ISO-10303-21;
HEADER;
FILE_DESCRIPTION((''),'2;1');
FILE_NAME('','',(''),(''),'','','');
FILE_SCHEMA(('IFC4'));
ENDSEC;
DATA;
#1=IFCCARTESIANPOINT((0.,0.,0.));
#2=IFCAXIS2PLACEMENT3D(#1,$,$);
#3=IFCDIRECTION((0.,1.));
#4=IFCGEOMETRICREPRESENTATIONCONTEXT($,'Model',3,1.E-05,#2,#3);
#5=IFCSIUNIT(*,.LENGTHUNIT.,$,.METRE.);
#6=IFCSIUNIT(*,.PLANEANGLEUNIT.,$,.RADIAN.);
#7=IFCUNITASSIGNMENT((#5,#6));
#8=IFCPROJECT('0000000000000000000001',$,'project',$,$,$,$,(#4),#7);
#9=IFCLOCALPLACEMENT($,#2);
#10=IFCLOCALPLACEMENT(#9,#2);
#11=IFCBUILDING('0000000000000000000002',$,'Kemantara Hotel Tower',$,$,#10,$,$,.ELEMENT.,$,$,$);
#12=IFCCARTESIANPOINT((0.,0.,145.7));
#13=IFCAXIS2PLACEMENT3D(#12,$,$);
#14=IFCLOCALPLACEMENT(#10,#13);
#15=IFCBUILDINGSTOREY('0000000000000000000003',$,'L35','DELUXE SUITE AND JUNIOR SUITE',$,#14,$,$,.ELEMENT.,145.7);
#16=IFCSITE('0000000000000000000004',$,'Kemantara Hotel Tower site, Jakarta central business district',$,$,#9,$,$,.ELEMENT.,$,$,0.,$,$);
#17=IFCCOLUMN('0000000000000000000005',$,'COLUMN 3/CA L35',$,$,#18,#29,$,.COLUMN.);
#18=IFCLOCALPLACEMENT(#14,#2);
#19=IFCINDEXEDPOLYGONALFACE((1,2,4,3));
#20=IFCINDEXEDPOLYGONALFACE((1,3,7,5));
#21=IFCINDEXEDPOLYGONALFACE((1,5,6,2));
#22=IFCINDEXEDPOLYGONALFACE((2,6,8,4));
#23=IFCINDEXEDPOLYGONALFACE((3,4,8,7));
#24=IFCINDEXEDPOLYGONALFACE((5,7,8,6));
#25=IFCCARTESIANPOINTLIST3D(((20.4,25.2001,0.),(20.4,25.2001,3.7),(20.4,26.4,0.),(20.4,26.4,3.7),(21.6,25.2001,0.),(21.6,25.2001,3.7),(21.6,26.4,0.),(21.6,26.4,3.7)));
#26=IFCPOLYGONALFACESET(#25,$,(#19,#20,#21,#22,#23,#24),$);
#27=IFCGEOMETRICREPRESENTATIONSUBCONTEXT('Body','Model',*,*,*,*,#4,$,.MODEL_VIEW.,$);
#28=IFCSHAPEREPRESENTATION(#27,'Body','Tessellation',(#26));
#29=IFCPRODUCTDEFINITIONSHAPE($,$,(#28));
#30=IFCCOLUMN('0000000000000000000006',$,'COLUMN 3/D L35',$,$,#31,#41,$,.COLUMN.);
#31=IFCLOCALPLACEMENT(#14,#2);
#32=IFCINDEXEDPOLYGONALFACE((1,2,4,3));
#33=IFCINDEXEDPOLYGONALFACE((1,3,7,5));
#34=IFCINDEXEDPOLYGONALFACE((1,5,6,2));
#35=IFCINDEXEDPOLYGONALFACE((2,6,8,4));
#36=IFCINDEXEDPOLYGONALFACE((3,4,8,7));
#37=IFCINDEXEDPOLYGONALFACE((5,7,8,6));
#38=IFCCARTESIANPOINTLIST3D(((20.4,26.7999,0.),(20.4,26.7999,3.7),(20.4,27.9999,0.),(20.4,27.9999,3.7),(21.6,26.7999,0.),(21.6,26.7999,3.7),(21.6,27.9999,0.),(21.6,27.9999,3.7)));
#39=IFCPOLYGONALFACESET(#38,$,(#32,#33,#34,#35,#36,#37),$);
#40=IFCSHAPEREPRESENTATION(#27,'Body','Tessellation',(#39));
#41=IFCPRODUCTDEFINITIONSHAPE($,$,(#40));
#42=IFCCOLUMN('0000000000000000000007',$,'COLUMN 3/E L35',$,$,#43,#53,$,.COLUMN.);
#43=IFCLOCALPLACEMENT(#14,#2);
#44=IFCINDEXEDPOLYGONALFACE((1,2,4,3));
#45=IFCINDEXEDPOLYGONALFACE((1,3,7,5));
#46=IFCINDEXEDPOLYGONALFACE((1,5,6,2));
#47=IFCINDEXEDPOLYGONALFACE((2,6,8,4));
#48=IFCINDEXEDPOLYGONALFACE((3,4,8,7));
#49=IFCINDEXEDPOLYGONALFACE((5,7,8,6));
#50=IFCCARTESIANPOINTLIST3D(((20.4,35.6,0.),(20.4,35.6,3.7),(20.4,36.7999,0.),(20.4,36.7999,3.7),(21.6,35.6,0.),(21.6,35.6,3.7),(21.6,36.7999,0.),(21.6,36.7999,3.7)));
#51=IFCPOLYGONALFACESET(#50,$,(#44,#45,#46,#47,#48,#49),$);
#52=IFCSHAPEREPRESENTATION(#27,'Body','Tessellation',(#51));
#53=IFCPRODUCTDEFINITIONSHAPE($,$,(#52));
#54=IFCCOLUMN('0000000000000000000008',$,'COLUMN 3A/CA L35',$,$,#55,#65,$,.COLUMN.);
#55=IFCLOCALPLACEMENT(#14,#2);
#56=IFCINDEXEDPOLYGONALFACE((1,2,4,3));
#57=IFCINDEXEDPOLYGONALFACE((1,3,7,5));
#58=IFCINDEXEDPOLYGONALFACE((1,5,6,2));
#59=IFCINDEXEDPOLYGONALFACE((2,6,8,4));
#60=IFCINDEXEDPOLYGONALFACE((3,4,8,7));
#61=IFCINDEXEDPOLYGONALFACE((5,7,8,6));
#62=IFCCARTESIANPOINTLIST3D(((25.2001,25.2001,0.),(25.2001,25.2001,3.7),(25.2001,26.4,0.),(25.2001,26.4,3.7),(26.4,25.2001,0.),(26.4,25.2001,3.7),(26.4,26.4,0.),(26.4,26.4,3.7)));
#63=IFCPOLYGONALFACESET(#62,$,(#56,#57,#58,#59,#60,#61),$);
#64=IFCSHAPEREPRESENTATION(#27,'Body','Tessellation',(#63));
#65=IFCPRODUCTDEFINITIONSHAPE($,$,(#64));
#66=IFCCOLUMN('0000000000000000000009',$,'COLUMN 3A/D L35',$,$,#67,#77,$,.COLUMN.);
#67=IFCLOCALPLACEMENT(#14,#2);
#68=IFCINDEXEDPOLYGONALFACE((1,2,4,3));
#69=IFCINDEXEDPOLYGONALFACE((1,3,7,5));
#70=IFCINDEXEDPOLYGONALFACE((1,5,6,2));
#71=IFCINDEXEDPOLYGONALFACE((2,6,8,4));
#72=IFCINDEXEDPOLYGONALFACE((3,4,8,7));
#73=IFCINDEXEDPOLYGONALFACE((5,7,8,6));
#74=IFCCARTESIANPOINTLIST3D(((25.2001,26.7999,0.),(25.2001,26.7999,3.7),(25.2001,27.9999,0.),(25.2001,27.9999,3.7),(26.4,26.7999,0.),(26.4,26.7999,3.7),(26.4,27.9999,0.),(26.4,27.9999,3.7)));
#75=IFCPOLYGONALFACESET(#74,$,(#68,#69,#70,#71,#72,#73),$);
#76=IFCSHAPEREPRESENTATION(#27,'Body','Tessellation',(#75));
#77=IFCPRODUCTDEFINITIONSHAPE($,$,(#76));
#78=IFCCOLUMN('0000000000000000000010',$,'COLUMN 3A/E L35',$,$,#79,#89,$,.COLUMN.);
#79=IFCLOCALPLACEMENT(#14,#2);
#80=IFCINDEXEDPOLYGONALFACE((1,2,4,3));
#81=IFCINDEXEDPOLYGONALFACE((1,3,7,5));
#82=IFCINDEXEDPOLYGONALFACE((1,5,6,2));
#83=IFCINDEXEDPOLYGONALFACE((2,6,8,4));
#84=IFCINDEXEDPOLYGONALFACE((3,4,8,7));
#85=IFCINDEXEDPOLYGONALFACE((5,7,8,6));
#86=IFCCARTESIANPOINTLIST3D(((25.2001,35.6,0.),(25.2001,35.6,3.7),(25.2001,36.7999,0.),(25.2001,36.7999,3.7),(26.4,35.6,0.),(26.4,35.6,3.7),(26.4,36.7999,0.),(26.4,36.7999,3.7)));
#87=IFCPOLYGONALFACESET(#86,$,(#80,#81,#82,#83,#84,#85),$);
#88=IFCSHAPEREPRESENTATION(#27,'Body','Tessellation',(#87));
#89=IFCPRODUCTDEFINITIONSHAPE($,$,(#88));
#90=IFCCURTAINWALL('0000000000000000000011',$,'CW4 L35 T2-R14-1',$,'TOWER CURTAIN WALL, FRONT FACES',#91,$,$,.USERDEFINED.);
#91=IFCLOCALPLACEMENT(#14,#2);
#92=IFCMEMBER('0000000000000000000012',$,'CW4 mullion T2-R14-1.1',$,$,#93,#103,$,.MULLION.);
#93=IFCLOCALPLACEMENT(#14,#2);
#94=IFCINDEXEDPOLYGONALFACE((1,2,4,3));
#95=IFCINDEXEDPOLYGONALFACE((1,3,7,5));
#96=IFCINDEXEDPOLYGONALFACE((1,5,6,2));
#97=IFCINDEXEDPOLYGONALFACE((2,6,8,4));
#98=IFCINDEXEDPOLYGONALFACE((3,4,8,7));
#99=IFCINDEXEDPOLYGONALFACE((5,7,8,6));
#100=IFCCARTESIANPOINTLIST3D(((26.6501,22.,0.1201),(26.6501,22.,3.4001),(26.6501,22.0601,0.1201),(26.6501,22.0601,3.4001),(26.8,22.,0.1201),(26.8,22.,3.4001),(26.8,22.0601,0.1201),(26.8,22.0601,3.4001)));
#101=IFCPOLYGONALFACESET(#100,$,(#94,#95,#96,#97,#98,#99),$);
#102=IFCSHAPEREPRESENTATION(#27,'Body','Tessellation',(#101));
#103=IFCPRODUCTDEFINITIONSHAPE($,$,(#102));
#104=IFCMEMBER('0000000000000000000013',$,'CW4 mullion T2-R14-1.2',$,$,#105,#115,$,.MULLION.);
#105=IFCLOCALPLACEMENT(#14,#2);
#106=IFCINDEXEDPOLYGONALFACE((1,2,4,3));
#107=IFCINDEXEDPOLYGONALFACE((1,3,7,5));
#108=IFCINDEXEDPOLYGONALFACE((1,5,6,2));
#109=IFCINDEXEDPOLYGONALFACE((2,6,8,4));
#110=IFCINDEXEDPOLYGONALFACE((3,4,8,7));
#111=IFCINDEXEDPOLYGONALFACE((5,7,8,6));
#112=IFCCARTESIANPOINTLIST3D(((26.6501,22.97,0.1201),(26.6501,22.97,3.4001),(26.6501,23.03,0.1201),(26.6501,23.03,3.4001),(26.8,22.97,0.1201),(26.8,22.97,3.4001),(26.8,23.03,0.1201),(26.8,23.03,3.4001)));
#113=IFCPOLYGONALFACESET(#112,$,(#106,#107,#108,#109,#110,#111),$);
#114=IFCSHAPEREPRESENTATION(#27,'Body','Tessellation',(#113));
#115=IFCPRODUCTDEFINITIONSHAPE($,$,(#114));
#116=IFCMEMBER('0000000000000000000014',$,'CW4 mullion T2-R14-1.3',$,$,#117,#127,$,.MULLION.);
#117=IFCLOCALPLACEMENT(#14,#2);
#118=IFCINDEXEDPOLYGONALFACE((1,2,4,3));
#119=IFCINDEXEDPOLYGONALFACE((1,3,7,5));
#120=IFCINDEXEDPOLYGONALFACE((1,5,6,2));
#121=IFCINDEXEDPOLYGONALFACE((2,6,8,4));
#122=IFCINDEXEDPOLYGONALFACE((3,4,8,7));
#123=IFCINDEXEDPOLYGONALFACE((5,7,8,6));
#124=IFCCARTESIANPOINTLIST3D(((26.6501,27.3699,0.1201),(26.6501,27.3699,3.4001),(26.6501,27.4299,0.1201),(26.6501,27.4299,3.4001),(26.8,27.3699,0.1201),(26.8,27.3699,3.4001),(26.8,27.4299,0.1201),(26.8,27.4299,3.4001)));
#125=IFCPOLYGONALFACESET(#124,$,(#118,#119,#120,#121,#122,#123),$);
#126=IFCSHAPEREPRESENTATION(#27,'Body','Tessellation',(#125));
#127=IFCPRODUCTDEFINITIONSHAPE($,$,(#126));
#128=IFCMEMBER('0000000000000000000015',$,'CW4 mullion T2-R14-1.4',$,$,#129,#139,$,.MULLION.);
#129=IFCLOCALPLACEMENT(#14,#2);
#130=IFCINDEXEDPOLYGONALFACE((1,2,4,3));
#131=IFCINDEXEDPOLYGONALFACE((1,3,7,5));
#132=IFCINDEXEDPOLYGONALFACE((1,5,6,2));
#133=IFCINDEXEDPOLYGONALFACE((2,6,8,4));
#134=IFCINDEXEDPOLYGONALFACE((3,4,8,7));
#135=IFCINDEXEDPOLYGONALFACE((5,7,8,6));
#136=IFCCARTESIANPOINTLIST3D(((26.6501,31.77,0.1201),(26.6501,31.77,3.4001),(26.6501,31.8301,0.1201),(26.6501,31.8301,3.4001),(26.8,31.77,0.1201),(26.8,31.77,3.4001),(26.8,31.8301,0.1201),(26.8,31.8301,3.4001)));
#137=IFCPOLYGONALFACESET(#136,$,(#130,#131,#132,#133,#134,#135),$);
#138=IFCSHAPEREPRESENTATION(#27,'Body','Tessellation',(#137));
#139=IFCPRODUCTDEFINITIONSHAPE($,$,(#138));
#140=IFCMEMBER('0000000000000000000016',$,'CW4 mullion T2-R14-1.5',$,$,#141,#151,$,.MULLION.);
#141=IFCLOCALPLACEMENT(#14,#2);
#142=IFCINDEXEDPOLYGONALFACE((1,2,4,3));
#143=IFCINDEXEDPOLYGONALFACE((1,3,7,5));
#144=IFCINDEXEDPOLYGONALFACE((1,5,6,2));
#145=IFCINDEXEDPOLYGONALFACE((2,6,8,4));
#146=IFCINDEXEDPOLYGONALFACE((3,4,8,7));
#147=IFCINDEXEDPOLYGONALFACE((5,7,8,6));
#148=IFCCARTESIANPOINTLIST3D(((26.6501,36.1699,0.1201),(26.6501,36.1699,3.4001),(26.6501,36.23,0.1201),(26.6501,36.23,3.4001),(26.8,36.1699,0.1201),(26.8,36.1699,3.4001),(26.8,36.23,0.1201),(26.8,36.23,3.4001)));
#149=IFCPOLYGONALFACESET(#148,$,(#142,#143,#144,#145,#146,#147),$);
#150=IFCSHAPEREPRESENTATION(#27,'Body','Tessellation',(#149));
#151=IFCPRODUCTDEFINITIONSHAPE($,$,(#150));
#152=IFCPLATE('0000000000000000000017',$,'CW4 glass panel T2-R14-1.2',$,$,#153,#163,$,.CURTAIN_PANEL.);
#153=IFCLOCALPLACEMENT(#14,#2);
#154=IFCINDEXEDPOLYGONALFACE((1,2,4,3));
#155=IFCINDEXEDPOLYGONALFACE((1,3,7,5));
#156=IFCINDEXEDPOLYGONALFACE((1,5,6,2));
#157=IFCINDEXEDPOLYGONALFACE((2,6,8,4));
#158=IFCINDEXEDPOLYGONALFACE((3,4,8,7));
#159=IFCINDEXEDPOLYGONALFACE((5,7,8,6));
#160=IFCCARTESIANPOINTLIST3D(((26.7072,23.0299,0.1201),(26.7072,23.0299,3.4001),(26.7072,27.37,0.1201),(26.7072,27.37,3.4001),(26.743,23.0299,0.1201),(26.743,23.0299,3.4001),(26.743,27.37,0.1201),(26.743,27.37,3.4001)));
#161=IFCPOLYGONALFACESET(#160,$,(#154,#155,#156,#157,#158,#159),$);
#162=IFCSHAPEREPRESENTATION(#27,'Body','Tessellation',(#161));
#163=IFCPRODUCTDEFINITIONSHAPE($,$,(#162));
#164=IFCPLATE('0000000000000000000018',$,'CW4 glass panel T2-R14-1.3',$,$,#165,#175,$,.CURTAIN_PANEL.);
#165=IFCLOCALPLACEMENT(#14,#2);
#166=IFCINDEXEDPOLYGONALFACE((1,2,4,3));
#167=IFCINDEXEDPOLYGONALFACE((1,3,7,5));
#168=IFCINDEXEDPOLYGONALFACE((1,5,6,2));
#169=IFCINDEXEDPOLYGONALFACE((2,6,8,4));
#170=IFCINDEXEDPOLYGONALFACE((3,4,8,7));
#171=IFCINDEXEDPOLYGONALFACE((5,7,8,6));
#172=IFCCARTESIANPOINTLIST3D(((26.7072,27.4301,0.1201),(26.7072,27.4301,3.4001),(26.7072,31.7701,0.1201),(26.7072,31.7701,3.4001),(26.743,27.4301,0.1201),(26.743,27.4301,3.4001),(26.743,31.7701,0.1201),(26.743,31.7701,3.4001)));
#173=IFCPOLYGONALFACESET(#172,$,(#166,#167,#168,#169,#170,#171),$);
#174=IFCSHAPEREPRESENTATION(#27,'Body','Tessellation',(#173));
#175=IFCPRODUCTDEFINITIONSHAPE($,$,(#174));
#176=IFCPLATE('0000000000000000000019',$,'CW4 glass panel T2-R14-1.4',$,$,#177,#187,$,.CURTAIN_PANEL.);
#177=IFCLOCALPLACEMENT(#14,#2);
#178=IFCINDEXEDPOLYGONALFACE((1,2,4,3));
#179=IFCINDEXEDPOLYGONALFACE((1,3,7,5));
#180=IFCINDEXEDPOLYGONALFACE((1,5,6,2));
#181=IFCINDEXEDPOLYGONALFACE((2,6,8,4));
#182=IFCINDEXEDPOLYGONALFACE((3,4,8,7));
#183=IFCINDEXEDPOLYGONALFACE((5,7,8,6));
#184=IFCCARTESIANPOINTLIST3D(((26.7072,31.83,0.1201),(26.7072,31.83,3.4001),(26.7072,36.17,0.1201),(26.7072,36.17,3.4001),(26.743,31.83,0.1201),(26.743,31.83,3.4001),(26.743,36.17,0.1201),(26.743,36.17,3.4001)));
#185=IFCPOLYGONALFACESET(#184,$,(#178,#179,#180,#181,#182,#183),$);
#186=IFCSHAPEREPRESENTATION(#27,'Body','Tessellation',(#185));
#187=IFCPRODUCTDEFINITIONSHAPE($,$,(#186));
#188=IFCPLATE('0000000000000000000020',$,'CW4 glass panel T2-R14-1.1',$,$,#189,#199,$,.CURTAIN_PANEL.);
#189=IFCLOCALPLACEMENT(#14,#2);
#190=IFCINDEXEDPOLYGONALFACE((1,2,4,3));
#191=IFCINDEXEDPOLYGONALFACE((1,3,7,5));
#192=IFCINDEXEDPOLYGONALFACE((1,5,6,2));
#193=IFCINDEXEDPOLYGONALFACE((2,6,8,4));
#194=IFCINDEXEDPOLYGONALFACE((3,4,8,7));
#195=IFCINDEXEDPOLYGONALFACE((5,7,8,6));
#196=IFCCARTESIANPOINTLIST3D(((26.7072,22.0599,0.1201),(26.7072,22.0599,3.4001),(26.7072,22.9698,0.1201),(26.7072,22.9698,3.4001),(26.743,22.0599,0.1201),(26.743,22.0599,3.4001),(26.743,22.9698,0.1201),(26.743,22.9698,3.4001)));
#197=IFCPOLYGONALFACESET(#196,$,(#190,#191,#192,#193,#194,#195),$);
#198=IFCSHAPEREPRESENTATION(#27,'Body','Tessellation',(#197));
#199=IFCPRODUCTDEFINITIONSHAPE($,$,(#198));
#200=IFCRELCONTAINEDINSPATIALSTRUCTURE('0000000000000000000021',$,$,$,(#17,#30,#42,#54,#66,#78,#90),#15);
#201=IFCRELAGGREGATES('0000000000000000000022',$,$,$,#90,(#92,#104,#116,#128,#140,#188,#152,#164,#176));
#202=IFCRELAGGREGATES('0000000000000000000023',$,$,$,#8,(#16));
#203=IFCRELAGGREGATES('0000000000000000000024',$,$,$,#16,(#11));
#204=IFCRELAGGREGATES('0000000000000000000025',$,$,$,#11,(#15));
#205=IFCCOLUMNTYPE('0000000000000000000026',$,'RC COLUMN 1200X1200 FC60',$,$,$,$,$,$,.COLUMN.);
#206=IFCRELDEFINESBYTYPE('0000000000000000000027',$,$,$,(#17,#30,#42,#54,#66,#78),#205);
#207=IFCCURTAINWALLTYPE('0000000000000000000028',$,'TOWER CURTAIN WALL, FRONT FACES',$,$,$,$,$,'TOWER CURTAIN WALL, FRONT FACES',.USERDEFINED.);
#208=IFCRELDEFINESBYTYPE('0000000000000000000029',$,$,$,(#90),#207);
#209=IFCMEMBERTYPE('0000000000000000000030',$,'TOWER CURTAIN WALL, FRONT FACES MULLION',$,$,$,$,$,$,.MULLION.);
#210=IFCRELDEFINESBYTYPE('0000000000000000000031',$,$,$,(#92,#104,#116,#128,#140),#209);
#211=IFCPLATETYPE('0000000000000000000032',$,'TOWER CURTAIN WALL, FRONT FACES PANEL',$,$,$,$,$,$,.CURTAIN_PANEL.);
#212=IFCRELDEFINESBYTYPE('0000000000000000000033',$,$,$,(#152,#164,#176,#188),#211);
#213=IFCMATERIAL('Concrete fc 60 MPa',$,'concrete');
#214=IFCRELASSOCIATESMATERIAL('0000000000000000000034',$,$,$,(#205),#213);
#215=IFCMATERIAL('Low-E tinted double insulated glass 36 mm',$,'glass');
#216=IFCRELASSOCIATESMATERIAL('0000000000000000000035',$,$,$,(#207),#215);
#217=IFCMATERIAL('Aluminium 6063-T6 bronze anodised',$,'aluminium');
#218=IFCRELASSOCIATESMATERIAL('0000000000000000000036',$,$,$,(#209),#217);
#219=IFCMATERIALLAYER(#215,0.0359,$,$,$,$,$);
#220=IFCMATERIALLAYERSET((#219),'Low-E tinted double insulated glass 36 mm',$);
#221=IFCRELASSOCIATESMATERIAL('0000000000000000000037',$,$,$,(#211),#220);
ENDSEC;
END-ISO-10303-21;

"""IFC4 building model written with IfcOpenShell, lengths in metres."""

from ifc_helpers import new_model, si_unit, direction, frame, origin, origin_2d, place, context, subcontext, project, spatial, rectangle, extrude, source, transform, mapped, material, layer, layer_set, material_profile, profile_set, type_object, element, aggregate, save


model = new_model("IFC4")

# Units and contexts
model_context = context("Model", 3, precision=1e-05, world=origin(), true_north=direction((0.0, 1.0)))
body_context = subcontext(model_context, "Body", "Model", "MODEL_VIEW")
ifc_project = project(units=[si_unit("LENGTHUNIT", "METRE"), si_unit("PLANEANGLEUNIT", "RADIAN")], contexts=[model_context])

# Site, building, storey
site_placement = place(None, origin())
site = spatial("IfcSite", under=ifc_project, at=site_placement, Name="Kemantara Hotel Tower site, Jakarta central business district", CompositionType="ELEMENT", RefElevation=0.0)
building_placement = place(site_placement, origin())
building = spatial("IfcBuilding", under=site, at=building_placement, Name="Kemantara Hotel Tower", CompositionType="ELEMENT")
storey_placement = place(building_placement, frame((0.0, 0.0, 145.7)))
storey = spatial("IfcBuildingStorey", under=building, at=storey_placement, Name="L35", Description="DELUXE SUITE AND JUNIOR SUITE", CompositionType="ELEMENT", Elevation=145.7)

# Columns
ifc_material_1 = material(Name="Concrete fc 60 MPa", Category="concrete")
ifc_material_profile_1 = material_profile(ifc_material_1, rectangle(XDim=1.2, YDim=1.2, at=origin_2d()), Name="RC 1200X1200")
ifc_profile_set_1 = profile_set([ifc_material_profile_1], Name="Concrete fc 60 MPa")
column_type = type_object("IfcColumnType", Name="RC COLUMN 1200X1200 FC60", PredefinedType="COLUMN", material=ifc_profile_set_1)
for number, where, z_axis, x_axis, name in (
    (1, (21.0, 25.8, 0.0), (0.0, 0.0, 1.0), (1.0, 0.0, 0.0), "COLUMN 3/CA L35"),
    (2, (21.0, 27.3999, 0.0), (0.0, 0.0, 1.0), (1.0, 0.0, 0.0), "COLUMN 3/D L35"),
    (3, (21.0, 36.2, 0.0), (0.0, 0.0, 1.0), (1.0, 0.0, 0.0), "COLUMN 3/E L35"),
    (4, (25.8, 25.8, 0.0), (0.0, 0.0, 1.0), (1.0, 0.0, 0.0), "COLUMN 3A/CA L35"),
    (5, (25.8, 27.3999, 0.0), (0.0, 0.0, 1.0), (1.0, 0.0, 0.0), "COLUMN 3A/D L35"),
    (6, (25.8, 36.2, 0.0), (0.0, 0.0, 1.0), (1.0, 0.0, 0.0), "COLUMN 3A/E L35"),
):
    element("IfcColumn", number, at=place(storey_placement, frame(where, z_axis=z_axis, x_axis=x_axis)), inside=storey, type_object=column_type, Name=name, PredefinedType="COLUMN", context=body_context, shape_type="SweptSolid", body=[
        extrude(rectangle(XDim=1.2, YDim=1.2, at=origin_2d()), origin(), (0.0, 0.0, 1.0), 3.7),
    ])

# Curtain wall, members, plates
ifc_material_2 = material(Name="Low-E tinted double insulated glass 36 mm", Category="glass")
curtain_wall_type = type_object("IfcCurtainWallType", Name="TOWER CURTAIN WALL, FRONT FACES", ElementType="TOWER CURTAIN WALL, FRONT FACES", PredefinedType="USERDEFINED", material=ifc_material_2)
curtain_wall_placement = place(storey_placement, origin())
curtain_wall = element("IfcCurtainWall", 7, at=curtain_wall_placement, inside=storey, type_object=curtain_wall_type, Name="CW4 L35 T2-R14-1", ObjectType="TOWER CURTAIN WALL, FRONT FACES", PredefinedType="USERDEFINED")
ifc_material_3 = material(Name="Aluminium 6063-T6 bronze anodised", Category="aluminium")
ifc_material_profile_2 = material_profile(ifc_material_3, rectangle(XDim=0.1499, YDim=0.0601, at=origin_2d()), Name="TOWER CURTAIN WALL, FRONT FACES MULLION")
ifc_profile_set_2 = profile_set([ifc_material_profile_2], Name="Aluminium 6063-T6 bronze anodised")
member_type = type_object("IfcMemberType", Name="TOWER CURTAIN WALL, FRONT FACES MULLION", PredefinedType="MULLION", material=ifc_profile_set_2)
shared_shape_1 = source(origin(), body_context, "Body", "SweptSolid", [
    extrude(rectangle(XDim=0.1499, YDim=0.0601, at=origin_2d()), origin(), (0.0, 0.0, 1.0), 3.28),
])
member_1_placement = place(storey_placement, frame((26.7251, 22.03, 0.1201), z_axis=(0.0, 0.0, 1.0), x_axis=(-1.0, 0.0, 0.0)))
member_1 = element("IfcMember", 8, at=member_1_placement, type_object=member_type, Name="CW4 mullion T2-R14-1.1", PredefinedType="MULLION", context=body_context, shape_type="MappedRepresentation", body=[
    mapped(shared_shape_1, transform((0.0, 0.0, 0.0))),
])
member_2_placement = place(storey_placement, frame((26.7251, 23.0, 0.1201), z_axis=(0.0, 0.0, 1.0), x_axis=(-1.0, 0.0, 0.0)))
member_2 = element("IfcMember", 9, at=member_2_placement, type_object=member_type, Name="CW4 mullion T2-R14-1.2", PredefinedType="MULLION", context=body_context, shape_type="MappedRepresentation", body=[
    mapped(shared_shape_1, transform((0.0, 0.0, 0.0))),
])
member_3_placement = place(storey_placement, frame((26.7251, 27.3999, 0.1201), z_axis=(0.0, 0.0, 1.0), x_axis=(-1.0, 0.0, 0.0)))
member_3 = element("IfcMember", 10, at=member_3_placement, type_object=member_type, Name="CW4 mullion T2-R14-1.3", PredefinedType="MULLION", context=body_context, shape_type="MappedRepresentation", body=[
    mapped(shared_shape_1, transform((0.0, 0.0, 0.0))),
])
member_4_placement = place(storey_placement, frame((26.7251, 31.8, 0.1201), z_axis=(0.0, 0.0, 1.0), x_axis=(-1.0, 0.0, 0.0)))
member_4 = element("IfcMember", 11, at=member_4_placement, type_object=member_type, Name="CW4 mullion T2-R14-1.4", PredefinedType="MULLION", context=body_context, shape_type="MappedRepresentation", body=[
    mapped(shared_shape_1, transform((0.0, 0.0, 0.0))),
])
member_5_placement = place(storey_placement, frame((26.7251, 36.2, 0.1201), z_axis=(0.0, 0.0, 1.0), x_axis=(-1.0, 0.0, 0.0)))
member_5 = element("IfcMember", 12, at=member_5_placement, type_object=member_type, Name="CW4 mullion T2-R14-1.5", PredefinedType="MULLION", context=body_context, shape_type="MappedRepresentation", body=[
    mapped(shared_shape_1, transform((0.0, 0.0, 0.0))),
])
ifc_layer_1 = layer(ifc_material_2, 0.0359)
ifc_layer_set_1 = layer_set([ifc_layer_1], Name="Low-E tinted double insulated glass 36 mm")
plate_type = type_object("IfcPlateType", Name="TOWER CURTAIN WALL, FRONT FACES PANEL", PredefinedType="CURTAIN_PANEL", material=ifc_layer_set_1)
shared_shape_2 = source(origin(), body_context, "Body", "SweptSolid", [
    extrude(rectangle(XDim=4.3401, YDim=0.0359, at=origin_2d()), origin(), (0.0, 0.0, 1.0), 3.28),
])
plate_1_placement = place(storey_placement, frame((26.7251, 25.2, 0.1201), z_axis=(0.0, 0.0, 1.0), x_axis=(0.0, 1.0, 0.0)))
plate_1 = element("IfcPlate", 13, at=plate_1_placement, type_object=plate_type, Name="CW4 glass panel T2-R14-1.2", PredefinedType="CURTAIN_PANEL", context=body_context, shape_type="MappedRepresentation", body=[
    mapped(shared_shape_2, transform((0.0, 0.0, 0.0))),
])
plate_2_placement = place(storey_placement, frame((26.7251, 29.6001, 0.1201), z_axis=(0.0, 0.0, 1.0), x_axis=(0.0, 1.0, 0.0)))
plate_2 = element("IfcPlate", 14, at=plate_2_placement, type_object=plate_type, Name="CW4 glass panel T2-R14-1.3", PredefinedType="CURTAIN_PANEL", context=body_context, shape_type="MappedRepresentation", body=[
    mapped(shared_shape_2, transform((0.0, 0.0, 0.0))),
])
plate_3_placement = place(storey_placement, frame((26.7251, 34.0, 0.1201), z_axis=(0.0, 0.0, 1.0), x_axis=(0.0, 1.0, 0.0)))
plate_3 = element("IfcPlate", 15, at=plate_3_placement, type_object=plate_type, Name="CW4 glass panel T2-R14-1.4", PredefinedType="CURTAIN_PANEL", context=body_context, shape_type="MappedRepresentation", body=[
    mapped(shared_shape_2, transform((0.0, 0.0, 0.0))),
])
shared_shape_3 = source(origin(), body_context, "Body", "SweptSolid", [
    extrude(rectangle(XDim=0.9099, YDim=0.0359, at=origin_2d()), origin(), (0.0, 0.0, 1.0), 3.28),
])
plate_4_placement = place(storey_placement, frame((26.7251, 22.5149, 0.1201), z_axis=(0.0, 0.0, 1.0), x_axis=(0.0, 1.0, 0.0)))
plate_4 = element("IfcPlate", 16, at=plate_4_placement, type_object=plate_type, Name="CW4 glass panel T2-R14-1.1", PredefinedType="CURTAIN_PANEL", context=body_context, shape_type="MappedRepresentation", body=[
    mapped(shared_shape_3, transform((0.0, 0.0, 0.0))),
])
aggregate(curtain_wall, [member_1, member_2, member_3, member_4, member_5, plate_4, plate_1, plate_2, plate_3])

save(model, "model.ifc")
